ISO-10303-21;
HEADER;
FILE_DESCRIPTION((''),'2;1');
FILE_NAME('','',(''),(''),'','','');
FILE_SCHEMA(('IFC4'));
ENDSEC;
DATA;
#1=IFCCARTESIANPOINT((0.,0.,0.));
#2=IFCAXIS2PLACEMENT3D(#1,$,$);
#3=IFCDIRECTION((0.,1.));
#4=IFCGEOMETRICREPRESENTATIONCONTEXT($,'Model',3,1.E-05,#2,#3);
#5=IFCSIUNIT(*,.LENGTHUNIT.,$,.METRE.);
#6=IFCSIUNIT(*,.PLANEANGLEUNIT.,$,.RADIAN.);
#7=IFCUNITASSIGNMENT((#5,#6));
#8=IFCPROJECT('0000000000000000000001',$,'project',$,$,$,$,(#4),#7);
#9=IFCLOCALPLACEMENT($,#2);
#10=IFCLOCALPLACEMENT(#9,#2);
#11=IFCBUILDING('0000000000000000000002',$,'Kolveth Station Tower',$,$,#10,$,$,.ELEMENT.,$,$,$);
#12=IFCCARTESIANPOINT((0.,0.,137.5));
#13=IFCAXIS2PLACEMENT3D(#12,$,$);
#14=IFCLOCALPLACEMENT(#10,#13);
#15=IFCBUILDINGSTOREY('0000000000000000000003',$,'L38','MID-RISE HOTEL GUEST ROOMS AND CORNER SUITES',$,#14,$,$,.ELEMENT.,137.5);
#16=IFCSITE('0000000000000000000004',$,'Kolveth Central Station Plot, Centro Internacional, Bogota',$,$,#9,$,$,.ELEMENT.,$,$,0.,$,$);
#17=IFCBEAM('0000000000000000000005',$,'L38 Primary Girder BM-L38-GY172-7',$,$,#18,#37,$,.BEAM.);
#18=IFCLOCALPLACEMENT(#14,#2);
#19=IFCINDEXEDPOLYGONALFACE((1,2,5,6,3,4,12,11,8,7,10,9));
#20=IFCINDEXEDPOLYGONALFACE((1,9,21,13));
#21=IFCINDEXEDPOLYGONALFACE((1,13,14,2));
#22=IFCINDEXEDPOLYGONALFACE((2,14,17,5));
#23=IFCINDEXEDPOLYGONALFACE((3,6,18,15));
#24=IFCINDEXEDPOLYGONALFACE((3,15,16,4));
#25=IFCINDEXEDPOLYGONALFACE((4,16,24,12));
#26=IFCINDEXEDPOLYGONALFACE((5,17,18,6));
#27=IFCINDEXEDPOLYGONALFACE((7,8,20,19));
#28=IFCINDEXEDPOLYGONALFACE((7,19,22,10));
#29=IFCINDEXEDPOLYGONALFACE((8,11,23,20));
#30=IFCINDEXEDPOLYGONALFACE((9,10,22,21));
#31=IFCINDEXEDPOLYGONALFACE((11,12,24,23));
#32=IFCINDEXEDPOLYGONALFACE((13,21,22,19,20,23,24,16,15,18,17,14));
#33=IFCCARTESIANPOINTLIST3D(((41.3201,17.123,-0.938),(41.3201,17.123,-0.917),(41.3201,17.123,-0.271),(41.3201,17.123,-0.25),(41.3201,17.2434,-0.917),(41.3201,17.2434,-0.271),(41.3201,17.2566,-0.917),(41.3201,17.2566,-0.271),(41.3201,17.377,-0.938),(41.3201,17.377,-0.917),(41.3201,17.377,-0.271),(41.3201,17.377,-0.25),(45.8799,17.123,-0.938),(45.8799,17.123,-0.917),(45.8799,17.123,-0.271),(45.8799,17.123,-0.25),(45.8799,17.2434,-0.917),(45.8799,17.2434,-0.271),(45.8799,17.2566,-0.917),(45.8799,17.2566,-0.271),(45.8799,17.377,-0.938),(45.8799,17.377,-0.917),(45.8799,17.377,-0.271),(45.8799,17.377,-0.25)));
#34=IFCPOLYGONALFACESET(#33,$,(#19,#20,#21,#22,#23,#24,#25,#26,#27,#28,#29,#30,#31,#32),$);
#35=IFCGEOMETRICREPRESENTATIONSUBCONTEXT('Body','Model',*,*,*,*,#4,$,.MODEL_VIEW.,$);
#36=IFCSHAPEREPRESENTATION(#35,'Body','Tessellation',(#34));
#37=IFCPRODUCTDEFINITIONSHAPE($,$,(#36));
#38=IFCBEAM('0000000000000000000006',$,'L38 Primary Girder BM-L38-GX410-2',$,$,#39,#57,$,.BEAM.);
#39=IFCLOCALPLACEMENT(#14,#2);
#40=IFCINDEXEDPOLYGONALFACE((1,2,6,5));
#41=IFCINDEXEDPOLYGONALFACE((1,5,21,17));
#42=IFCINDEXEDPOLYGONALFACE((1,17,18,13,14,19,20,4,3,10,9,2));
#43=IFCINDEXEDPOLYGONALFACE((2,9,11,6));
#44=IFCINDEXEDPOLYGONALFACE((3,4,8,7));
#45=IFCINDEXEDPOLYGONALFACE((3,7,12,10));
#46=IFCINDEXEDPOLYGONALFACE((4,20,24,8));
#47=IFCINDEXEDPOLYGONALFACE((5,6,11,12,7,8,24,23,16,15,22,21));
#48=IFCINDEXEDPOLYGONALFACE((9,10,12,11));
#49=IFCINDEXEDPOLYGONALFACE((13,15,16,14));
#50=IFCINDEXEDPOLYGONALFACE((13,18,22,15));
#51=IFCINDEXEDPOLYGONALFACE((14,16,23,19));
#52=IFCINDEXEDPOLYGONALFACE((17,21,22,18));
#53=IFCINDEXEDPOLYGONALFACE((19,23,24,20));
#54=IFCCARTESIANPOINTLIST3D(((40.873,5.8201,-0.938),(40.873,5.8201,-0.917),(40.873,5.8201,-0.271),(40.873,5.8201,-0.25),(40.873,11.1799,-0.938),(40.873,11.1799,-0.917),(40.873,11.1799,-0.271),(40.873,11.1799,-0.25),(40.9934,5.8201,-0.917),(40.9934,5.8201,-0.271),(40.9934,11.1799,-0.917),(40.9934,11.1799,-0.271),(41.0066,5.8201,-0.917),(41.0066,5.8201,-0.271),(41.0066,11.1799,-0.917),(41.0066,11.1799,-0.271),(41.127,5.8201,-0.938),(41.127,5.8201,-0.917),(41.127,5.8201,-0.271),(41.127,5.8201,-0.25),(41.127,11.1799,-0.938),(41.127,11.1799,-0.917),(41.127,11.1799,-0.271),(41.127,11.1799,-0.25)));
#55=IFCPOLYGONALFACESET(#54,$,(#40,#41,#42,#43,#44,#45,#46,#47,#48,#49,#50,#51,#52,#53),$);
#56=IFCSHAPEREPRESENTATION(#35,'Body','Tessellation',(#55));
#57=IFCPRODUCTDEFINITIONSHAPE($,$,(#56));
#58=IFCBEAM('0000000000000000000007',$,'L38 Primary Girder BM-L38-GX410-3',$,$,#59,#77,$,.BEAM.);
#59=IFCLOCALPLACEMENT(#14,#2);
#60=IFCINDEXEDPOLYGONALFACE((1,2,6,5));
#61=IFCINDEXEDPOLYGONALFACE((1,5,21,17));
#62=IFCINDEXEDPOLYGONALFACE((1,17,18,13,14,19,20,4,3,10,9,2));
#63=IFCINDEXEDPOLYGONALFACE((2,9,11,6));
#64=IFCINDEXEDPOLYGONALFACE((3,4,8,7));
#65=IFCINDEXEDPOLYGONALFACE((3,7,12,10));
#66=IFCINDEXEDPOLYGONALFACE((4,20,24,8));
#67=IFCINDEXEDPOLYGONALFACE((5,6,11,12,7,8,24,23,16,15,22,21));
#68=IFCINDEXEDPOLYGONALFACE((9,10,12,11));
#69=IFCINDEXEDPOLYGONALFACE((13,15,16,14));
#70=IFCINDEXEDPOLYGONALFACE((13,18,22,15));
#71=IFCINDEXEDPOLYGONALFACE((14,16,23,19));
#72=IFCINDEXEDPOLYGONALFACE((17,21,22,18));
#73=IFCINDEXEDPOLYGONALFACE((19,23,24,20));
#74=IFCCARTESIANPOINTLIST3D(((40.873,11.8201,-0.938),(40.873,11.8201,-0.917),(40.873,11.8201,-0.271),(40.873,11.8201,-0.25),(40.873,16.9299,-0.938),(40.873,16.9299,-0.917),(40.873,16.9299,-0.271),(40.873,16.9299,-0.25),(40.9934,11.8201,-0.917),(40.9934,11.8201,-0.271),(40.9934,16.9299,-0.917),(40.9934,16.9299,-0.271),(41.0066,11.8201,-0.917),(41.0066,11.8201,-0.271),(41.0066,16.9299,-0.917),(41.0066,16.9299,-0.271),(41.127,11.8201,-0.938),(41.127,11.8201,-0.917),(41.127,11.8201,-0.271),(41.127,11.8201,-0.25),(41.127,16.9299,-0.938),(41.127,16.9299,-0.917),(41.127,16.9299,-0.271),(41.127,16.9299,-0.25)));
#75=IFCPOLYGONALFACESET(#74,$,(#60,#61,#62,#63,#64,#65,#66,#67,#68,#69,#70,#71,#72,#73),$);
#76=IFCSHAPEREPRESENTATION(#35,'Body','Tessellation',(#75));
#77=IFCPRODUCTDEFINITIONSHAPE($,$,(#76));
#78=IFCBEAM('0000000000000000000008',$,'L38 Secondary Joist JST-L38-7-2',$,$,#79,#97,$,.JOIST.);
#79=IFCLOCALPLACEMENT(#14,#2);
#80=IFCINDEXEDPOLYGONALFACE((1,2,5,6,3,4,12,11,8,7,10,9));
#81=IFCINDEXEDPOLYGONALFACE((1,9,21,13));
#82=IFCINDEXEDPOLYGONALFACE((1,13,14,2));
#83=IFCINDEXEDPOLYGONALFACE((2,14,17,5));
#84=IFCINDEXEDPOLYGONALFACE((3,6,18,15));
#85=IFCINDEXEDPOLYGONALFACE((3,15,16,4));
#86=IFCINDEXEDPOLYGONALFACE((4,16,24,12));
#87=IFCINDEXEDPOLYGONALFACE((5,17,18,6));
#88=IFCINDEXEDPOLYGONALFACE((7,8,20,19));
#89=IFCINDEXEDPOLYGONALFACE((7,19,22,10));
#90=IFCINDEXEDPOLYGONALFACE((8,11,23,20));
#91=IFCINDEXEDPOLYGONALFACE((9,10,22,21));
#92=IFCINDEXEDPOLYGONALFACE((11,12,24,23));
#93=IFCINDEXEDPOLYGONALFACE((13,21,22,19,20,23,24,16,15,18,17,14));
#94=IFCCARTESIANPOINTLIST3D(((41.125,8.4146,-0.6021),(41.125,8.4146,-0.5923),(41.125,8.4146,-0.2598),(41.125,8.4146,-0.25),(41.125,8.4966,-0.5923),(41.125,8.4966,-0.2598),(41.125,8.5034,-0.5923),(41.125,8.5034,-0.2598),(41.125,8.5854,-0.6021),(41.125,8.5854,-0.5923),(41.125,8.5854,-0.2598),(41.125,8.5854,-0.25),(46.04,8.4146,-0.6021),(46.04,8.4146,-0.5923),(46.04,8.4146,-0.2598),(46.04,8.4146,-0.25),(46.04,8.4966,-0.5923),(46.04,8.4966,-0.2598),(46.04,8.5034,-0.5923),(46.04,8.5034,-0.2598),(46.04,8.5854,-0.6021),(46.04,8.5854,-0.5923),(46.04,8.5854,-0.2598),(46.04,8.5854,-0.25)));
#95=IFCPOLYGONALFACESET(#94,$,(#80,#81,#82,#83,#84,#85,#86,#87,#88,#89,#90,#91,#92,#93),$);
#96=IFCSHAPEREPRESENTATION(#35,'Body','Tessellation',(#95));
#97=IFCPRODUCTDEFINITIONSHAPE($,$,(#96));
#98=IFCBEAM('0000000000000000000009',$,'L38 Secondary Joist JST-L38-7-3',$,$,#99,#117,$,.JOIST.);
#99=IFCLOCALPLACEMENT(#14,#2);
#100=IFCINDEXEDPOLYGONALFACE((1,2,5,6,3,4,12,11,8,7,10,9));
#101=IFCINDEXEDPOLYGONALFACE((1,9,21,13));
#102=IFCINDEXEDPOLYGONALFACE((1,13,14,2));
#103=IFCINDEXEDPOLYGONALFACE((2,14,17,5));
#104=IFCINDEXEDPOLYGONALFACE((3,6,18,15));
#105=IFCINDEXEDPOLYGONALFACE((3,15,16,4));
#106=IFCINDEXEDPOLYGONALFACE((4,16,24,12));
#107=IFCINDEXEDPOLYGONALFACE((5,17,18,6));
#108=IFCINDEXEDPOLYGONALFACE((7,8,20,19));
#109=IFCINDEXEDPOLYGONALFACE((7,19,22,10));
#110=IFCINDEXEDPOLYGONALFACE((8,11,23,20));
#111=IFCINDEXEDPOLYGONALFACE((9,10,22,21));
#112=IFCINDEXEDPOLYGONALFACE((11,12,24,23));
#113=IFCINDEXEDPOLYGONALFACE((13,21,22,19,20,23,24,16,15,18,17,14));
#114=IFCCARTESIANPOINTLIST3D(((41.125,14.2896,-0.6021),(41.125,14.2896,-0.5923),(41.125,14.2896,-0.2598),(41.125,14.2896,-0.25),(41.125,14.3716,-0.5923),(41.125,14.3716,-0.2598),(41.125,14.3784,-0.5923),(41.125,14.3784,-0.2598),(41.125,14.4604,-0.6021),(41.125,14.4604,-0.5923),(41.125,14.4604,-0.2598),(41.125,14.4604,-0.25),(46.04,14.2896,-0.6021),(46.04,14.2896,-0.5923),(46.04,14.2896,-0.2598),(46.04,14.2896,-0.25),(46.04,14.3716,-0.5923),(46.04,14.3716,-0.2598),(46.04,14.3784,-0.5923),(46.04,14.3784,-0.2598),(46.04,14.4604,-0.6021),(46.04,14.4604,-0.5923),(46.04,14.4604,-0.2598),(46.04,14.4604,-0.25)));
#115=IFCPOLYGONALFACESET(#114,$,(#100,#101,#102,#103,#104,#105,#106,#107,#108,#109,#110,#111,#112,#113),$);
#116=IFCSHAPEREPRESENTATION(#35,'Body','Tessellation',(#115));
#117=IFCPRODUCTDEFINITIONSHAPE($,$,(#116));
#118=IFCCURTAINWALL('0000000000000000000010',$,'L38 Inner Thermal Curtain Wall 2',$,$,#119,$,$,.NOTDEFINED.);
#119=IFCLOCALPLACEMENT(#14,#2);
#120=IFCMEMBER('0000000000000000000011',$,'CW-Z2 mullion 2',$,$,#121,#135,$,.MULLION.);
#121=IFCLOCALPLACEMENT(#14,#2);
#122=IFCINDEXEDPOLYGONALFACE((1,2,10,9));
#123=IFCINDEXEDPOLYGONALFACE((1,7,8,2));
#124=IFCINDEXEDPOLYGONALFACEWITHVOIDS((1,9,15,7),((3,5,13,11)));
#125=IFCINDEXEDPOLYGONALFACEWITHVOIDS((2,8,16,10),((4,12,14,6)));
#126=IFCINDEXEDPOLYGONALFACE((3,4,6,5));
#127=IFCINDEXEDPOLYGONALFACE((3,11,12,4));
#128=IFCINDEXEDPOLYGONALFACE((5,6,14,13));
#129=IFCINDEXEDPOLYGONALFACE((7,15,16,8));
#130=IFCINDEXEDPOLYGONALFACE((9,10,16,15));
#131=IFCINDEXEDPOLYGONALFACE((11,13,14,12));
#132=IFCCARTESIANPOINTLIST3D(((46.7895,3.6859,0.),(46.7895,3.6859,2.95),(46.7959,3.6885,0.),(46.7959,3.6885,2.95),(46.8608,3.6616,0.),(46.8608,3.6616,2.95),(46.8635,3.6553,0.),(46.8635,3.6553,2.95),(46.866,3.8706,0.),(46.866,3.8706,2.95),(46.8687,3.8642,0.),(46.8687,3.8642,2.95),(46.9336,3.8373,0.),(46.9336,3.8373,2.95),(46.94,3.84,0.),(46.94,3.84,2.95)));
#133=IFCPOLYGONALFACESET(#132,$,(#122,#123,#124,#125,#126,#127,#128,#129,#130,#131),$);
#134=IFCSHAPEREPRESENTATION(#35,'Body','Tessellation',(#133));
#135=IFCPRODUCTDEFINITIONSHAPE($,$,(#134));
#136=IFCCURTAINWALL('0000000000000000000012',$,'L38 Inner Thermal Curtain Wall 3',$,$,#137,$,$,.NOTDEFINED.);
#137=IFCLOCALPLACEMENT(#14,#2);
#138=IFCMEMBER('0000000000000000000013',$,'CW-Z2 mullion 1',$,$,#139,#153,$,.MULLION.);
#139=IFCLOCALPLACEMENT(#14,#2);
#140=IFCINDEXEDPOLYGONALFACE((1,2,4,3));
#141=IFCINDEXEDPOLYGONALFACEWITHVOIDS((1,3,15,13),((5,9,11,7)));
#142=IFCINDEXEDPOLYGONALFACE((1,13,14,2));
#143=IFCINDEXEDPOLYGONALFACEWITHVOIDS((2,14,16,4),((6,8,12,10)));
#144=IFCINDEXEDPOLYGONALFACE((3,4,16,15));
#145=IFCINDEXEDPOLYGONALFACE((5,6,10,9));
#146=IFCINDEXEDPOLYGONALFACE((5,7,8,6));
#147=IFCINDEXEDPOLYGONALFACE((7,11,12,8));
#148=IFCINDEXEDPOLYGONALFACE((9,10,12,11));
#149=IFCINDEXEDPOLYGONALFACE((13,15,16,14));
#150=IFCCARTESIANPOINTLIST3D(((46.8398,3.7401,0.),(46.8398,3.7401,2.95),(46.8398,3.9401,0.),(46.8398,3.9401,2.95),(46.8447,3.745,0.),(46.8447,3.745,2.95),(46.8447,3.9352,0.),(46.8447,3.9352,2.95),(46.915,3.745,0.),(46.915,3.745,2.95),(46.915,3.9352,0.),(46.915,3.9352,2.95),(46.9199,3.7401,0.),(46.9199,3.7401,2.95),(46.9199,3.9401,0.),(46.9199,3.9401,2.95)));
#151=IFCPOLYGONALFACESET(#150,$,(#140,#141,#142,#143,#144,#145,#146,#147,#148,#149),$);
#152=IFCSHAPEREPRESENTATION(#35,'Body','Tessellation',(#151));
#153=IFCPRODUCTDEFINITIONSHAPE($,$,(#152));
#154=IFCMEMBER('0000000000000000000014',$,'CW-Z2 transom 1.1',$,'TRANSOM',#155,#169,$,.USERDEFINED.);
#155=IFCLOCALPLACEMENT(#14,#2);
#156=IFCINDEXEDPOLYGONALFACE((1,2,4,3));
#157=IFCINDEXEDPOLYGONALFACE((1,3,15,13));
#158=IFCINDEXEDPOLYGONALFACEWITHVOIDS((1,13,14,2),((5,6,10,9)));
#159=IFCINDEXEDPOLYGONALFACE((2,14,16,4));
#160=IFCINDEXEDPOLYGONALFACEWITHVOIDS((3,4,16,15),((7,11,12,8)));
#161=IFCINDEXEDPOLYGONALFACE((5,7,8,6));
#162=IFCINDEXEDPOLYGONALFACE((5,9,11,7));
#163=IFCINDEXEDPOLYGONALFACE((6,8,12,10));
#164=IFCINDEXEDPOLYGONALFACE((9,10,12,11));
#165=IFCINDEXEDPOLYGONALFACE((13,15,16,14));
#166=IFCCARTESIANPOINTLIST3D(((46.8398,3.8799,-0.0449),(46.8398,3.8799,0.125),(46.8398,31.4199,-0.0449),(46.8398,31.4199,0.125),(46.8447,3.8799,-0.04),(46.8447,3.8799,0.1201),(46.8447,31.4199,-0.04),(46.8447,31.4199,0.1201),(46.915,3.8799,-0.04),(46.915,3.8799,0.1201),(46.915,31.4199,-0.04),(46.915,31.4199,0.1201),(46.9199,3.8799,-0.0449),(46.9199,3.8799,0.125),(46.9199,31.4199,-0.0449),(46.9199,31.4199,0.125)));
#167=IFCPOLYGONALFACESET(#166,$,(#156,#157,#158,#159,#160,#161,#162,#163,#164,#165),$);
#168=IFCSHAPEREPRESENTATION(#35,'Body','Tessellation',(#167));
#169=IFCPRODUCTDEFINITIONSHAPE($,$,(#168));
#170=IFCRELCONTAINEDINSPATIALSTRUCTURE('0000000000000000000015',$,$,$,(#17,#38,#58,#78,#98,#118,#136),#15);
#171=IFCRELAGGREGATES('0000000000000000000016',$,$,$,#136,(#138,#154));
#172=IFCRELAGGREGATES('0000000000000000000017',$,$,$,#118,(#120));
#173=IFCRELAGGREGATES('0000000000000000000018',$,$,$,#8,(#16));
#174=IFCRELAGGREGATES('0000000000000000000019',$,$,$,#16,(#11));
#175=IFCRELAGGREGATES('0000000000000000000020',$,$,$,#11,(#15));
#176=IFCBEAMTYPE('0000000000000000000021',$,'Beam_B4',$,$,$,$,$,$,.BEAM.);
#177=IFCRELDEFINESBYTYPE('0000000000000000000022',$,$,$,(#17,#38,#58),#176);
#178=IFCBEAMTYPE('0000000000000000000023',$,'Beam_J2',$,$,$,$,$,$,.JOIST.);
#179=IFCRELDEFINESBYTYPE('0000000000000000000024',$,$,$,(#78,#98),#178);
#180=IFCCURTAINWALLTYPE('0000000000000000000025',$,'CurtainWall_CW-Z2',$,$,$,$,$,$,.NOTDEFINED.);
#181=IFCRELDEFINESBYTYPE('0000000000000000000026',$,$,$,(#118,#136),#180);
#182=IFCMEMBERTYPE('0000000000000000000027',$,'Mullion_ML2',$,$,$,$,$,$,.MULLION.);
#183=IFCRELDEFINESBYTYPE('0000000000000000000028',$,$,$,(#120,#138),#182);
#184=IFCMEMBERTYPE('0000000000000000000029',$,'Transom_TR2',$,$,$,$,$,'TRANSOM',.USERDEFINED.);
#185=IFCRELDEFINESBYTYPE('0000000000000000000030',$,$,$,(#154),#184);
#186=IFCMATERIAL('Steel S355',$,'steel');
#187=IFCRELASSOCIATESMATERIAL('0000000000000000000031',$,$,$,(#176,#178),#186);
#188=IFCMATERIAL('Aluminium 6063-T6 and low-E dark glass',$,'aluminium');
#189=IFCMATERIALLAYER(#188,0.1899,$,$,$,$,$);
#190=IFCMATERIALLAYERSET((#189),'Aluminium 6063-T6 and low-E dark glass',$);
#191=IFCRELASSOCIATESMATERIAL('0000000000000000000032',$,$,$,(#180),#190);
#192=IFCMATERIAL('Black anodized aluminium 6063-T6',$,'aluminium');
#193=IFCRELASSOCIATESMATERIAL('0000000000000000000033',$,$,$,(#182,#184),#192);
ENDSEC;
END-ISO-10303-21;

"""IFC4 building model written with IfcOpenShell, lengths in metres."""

from ifc_helpers import new_model, si_unit, direction, frame, origin, origin_2d, place, context, subcontext, project, spatial, hollow_rectangle, i_section, extrude, source, transform, mapped, material, layer, layer_set, material_profile, profile_set, type_object, element, aggregate, save


model = new_model("IFC4")

# Units and contexts
model_context = context("Model", 3, precision=1e-05, world=origin(), true_north=direction((0.0, 1.0)))
body_context = subcontext(model_context, "Body", "Model", "MODEL_VIEW")
ifc_project = project(units=[si_unit("LENGTHUNIT", "METRE"), si_unit("PLANEANGLEUNIT", "RADIAN")], contexts=[model_context])

# Site, building, storey
site_placement = place(None, origin())
site = spatial("IfcSite", under=ifc_project, at=site_placement, Name="Kolveth Central Station Plot, Centro Internacional, Bogota", CompositionType="ELEMENT", RefElevation=0.0)
building_placement = place(site_placement, origin())
building = spatial("IfcBuilding", under=site, at=building_placement, Name="Kolveth Station Tower", CompositionType="ELEMENT")
storey_placement = place(building_placement, frame((0.0, 0.0, 137.5)))
storey = spatial("IfcBuildingStorey", under=building, at=storey_placement, Name="L38", Description="MID-RISE HOTEL GUEST ROOMS AND CORNER SUITES", CompositionType="ELEMENT", Elevation=137.5)

# Beams
ifc_material_1 = material(Name="Steel S355", Category="steel")
ifc_material_profile_1 = material_profile(ifc_material_1, i_section(OverallWidth=0.2539, OverallDepth=0.688, WebThickness=0.0132, FlangeThickness=0.021, at=origin_2d()), Name="W690x152")
ifc_profile_set_1 = profile_set([ifc_material_profile_1], Name="Steel S355")
beam_type_1 = type_object("IfcBeamType", Name="Beam_B4", PredefinedType="BEAM", material=ifc_profile_set_1)
shared_shape_1 = source(origin(), body_context, "Body", "SweptSolid", [
    extrude(i_section(OverallWidth=0.2539, OverallDepth=0.688, WebThickness=0.0132, FlangeThickness=0.021, at=origin_2d()), origin(), (0.0, 0.0, 1.0), 4.5598),
])
for number, where, z_axis, x_axis, name in (
    (1, (41.3201, 17.25, -0.594), (1.0, 0.0, 0.0), (0.0, 1.0, 0.0), "L38 Primary Girder BM-L38-GY172-7"),
):
    element("IfcBeam", number, at=place(storey_placement, frame(where, z_axis=z_axis, x_axis=x_axis)), inside=storey, type_object=beam_type_1, Name=name, PredefinedType="BEAM", context=body_context, shape_type="MappedRepresentation", body=[
        mapped(shared_shape_1, transform((0.0, 0.0, 0.0), x_axis=(1.0, 0.0, 0.0), y_axis=(0.0, 1.0, 0.0), z_axis=(0.0, 0.0, 1.0), scale=1.0)),
    ])
shared_shape_2 = source(origin(), body_context, "Body", "SweptSolid", [
    extrude(i_section(OverallWidth=0.2539, OverallDepth=0.688, WebThickness=0.0132, FlangeThickness=0.021, at=origin_2d()), origin(), (0.0, 0.0, 1.0), 5.3599),
])
beam_1_placement = place(storey_placement, frame((41.0, 5.8201, -0.594), z_axis=(0.0, 1.0, 0.0), x_axis=(-1.0, 0.0, 0.0)))
element("IfcBeam", 2, at=beam_1_placement, inside=storey, type_object=beam_type_1, Name="L38 Primary Girder BM-L38-GX410-2", PredefinedType="BEAM", context=body_context, shape_type="MappedRepresentation", body=[
    mapped(shared_shape_2, transform((0.0, 0.0, 0.0), x_axis=(1.0, 0.0, 0.0), y_axis=(0.0, 1.0, 0.0), z_axis=(0.0, 0.0, 1.0), scale=1.0)),
])
shared_shape_3 = source(origin(), body_context, "Body", "SweptSolid", [
    extrude(i_section(OverallWidth=0.2539, OverallDepth=0.688, WebThickness=0.0132, FlangeThickness=0.021, at=origin_2d()), origin(), (0.0, 0.0, 1.0), 5.1099),
])
beam_2_placement = place(storey_placement, frame((41.0, 11.8201, -0.594), z_axis=(0.0, 1.0, 0.0), x_axis=(-1.0, 0.0, 0.0)))
element("IfcBeam", 3, at=beam_2_placement, inside=storey, type_object=beam_type_1, Name="L38 Primary Girder BM-L38-GX410-3", PredefinedType="BEAM", context=body_context, shape_type="MappedRepresentation", body=[
    mapped(shared_shape_3, transform((0.0, 0.0, 0.0), x_axis=(1.0, 0.0, 0.0), y_axis=(0.0, 1.0, 0.0), z_axis=(0.0, 0.0, 1.0), scale=1.0)),
])
ifc_material_profile_2 = material_profile(ifc_material_1, i_section(OverallWidth=0.1709, OverallDepth=0.3521, WebThickness=0.0068, FlangeThickness=0.0098, at=origin_2d()), Name="W360x44")
ifc_profile_set_2 = profile_set([ifc_material_profile_2], Name="Steel S355")
beam_type_2 = type_object("IfcBeamType", Name="Beam_J2", PredefinedType="JOIST", material=ifc_profile_set_2)
shared_shape_4 = source(origin(), body_context, "Body", "SweptSolid", [
    extrude(i_section(OverallWidth=0.1709, OverallDepth=0.3521, WebThickness=0.0068, FlangeThickness=0.0098, at=origin_2d()), origin(), (0.0, 0.0, 1.0), 4.915),
])
for number, where, z_axis, x_axis, name in (
    (4, (41.125, 8.5, -0.426), (1.0, 0.0, 0.0), (0.0, 1.0, 0.0), "L38 Secondary Joist JST-L38-7-2"),
    (5, (41.125, 14.375, -0.426), (1.0, 0.0, 0.0), (0.0, 1.0, 0.0), "L38 Secondary Joist JST-L38-7-3"),
):
    element("IfcBeam", number, at=place(storey_placement, frame(where, z_axis=z_axis, x_axis=x_axis)), inside=storey, type_object=beam_type_2, Name=name, PredefinedType="JOIST", context=body_context, shape_type="MappedRepresentation", body=[
        mapped(shared_shape_4, transform((0.0, 0.0, 0.0), x_axis=(1.0, 0.0, 0.0), y_axis=(0.0, 1.0, 0.0), z_axis=(0.0, 0.0, 1.0), scale=1.0)),
    ])

# Curtain wall, member
ifc_material_2 = material(Name="Aluminium 6063-T6 and low-E dark glass", Category="aluminium")
ifc_layer_1 = layer(ifc_material_2, 0.1899)
ifc_layer_set_1 = layer_set([ifc_layer_1], Name="Aluminium 6063-T6 and low-E dark glass")
curtain_wall_type_1 = type_object("IfcCurtainWallType", Name="CurtainWall_CW-Z2", PredefinedType="NOTDEFINED", material=ifc_layer_set_1)
curtain_wall_1_placement = place(storey_placement, origin())
curtain_wall_1 = element("IfcCurtainWall", 6, at=curtain_wall_1_placement, inside=storey, type_object=curtain_wall_type_1, Name="L38 Inner Thermal Curtain Wall 2", PredefinedType="NOTDEFINED")
ifc_material_3 = material(Name="Black anodized aluminium 6063-T6", Category="aluminium")
ifc_material_profile_3 = material_profile(ifc_material_3, hollow_rectangle(XDim=0.0801, YDim=0.2, WallThickness=0.0049, at=origin_2d()), Name="ALU-80x200x5")
ifc_profile_set_3 = profile_set([ifc_material_profile_3], Name="Black anodized aluminium 6063-T6")
member_type_1 = type_object("IfcMemberType", Name="Mullion_ML2", PredefinedType="MULLION", material=ifc_profile_set_3)
shared_shape_5 = source(origin(), body_context, "Body", "SweptSolid", [
    extrude(hollow_rectangle(XDim=0.0801, YDim=0.2, WallThickness=0.0049, at=origin_2d()), origin(), (0.0, 0.0, 1.0), 2.95),
])
member_1_placement = place(storey_placement, frame((46.8647, 3.7629, 0.0), z_axis=(0.0, 0.0, 1.0), x_axis=(-0.923888, 0.382663, 0.0)))
member_1 = element("IfcMember", 7, at=member_1_placement, type_object=member_type_1, Name="CW-Z2 mullion 2", PredefinedType="MULLION", context=body_context, shape_type="MappedRepresentation", body=[
    mapped(shared_shape_5, transform((0.0, 0.0, 0.0), x_axis=(1.0, 0.0, 0.0), y_axis=(0.0, 1.0, 0.0), z_axis=(0.0, 0.0, 1.0), scale=1.0)),
])

# Curtain wall, members
curtain_wall_2_placement = place(storey_placement, origin())
curtain_wall_2 = element("IfcCurtainWall", 8, at=curtain_wall_2_placement, inside=storey, type_object=curtain_wall_type_1, Name="L38 Inner Thermal Curtain Wall 3", PredefinedType="NOTDEFINED")
member_2_placement = place(storey_placement, frame((46.8799, 3.8401, 0.0), z_axis=(0.0, 0.0, 1.0), x_axis=(-1.0, 0.0, 0.0)))
member_2 = element("IfcMember", 9, at=member_2_placement, type_object=member_type_1, Name="CW-Z2 mullion 1", PredefinedType="MULLION", context=body_context, shape_type="MappedRepresentation", body=[
    mapped(shared_shape_5, transform((0.0, 0.0, 0.0), x_axis=(1.0, 0.0, 0.0), y_axis=(0.0, 1.0, 0.0), z_axis=(0.0, 0.0, 1.0), scale=1.0)),
])
ifc_material_profile_4 = material_profile(ifc_material_3, hollow_rectangle(XDim=0.0801, YDim=0.1699, WallThickness=0.0049, at=origin_2d()), Name="ALU-80x170x5")
ifc_profile_set_4 = profile_set([ifc_material_profile_4], Name="Black anodized aluminium 6063-T6")
member_type_2 = type_object("IfcMemberType", Name="Transom_TR2", ElementType="TRANSOM", PredefinedType="USERDEFINED", material=ifc_profile_set_4)
shared_shape_6 = source(origin(), body_context, "Body", "SweptSolid", [
    extrude(hollow_rectangle(XDim=0.0801, YDim=0.1699, WallThickness=0.0049, at=origin_2d()), origin(), (0.0, 0.0, 1.0), 27.54),
])
member_3_placement = place(storey_placement, frame((46.8799, 3.8799, 0.04), z_axis=(0.0, 1.0, 0.0), x_axis=(-1.0, 0.0, 0.0)))
member_3 = element("IfcMember", 10, at=member_3_placement, type_object=member_type_2, Name="CW-Z2 transom 1.1", ObjectType="TRANSOM", PredefinedType="USERDEFINED", context=body_context, shape_type="MappedRepresentation", body=[
    mapped(shared_shape_6, transform((0.0, 0.0, 0.0), x_axis=(1.0, 0.0, 0.0), y_axis=(0.0, 1.0, 0.0), z_axis=(0.0, 0.0, 1.0), scale=1.0)),
])
aggregate(curtain_wall_2, [member_2, member_3])

aggregate(curtain_wall_1, [member_1])

save(model, "model.ifc")
